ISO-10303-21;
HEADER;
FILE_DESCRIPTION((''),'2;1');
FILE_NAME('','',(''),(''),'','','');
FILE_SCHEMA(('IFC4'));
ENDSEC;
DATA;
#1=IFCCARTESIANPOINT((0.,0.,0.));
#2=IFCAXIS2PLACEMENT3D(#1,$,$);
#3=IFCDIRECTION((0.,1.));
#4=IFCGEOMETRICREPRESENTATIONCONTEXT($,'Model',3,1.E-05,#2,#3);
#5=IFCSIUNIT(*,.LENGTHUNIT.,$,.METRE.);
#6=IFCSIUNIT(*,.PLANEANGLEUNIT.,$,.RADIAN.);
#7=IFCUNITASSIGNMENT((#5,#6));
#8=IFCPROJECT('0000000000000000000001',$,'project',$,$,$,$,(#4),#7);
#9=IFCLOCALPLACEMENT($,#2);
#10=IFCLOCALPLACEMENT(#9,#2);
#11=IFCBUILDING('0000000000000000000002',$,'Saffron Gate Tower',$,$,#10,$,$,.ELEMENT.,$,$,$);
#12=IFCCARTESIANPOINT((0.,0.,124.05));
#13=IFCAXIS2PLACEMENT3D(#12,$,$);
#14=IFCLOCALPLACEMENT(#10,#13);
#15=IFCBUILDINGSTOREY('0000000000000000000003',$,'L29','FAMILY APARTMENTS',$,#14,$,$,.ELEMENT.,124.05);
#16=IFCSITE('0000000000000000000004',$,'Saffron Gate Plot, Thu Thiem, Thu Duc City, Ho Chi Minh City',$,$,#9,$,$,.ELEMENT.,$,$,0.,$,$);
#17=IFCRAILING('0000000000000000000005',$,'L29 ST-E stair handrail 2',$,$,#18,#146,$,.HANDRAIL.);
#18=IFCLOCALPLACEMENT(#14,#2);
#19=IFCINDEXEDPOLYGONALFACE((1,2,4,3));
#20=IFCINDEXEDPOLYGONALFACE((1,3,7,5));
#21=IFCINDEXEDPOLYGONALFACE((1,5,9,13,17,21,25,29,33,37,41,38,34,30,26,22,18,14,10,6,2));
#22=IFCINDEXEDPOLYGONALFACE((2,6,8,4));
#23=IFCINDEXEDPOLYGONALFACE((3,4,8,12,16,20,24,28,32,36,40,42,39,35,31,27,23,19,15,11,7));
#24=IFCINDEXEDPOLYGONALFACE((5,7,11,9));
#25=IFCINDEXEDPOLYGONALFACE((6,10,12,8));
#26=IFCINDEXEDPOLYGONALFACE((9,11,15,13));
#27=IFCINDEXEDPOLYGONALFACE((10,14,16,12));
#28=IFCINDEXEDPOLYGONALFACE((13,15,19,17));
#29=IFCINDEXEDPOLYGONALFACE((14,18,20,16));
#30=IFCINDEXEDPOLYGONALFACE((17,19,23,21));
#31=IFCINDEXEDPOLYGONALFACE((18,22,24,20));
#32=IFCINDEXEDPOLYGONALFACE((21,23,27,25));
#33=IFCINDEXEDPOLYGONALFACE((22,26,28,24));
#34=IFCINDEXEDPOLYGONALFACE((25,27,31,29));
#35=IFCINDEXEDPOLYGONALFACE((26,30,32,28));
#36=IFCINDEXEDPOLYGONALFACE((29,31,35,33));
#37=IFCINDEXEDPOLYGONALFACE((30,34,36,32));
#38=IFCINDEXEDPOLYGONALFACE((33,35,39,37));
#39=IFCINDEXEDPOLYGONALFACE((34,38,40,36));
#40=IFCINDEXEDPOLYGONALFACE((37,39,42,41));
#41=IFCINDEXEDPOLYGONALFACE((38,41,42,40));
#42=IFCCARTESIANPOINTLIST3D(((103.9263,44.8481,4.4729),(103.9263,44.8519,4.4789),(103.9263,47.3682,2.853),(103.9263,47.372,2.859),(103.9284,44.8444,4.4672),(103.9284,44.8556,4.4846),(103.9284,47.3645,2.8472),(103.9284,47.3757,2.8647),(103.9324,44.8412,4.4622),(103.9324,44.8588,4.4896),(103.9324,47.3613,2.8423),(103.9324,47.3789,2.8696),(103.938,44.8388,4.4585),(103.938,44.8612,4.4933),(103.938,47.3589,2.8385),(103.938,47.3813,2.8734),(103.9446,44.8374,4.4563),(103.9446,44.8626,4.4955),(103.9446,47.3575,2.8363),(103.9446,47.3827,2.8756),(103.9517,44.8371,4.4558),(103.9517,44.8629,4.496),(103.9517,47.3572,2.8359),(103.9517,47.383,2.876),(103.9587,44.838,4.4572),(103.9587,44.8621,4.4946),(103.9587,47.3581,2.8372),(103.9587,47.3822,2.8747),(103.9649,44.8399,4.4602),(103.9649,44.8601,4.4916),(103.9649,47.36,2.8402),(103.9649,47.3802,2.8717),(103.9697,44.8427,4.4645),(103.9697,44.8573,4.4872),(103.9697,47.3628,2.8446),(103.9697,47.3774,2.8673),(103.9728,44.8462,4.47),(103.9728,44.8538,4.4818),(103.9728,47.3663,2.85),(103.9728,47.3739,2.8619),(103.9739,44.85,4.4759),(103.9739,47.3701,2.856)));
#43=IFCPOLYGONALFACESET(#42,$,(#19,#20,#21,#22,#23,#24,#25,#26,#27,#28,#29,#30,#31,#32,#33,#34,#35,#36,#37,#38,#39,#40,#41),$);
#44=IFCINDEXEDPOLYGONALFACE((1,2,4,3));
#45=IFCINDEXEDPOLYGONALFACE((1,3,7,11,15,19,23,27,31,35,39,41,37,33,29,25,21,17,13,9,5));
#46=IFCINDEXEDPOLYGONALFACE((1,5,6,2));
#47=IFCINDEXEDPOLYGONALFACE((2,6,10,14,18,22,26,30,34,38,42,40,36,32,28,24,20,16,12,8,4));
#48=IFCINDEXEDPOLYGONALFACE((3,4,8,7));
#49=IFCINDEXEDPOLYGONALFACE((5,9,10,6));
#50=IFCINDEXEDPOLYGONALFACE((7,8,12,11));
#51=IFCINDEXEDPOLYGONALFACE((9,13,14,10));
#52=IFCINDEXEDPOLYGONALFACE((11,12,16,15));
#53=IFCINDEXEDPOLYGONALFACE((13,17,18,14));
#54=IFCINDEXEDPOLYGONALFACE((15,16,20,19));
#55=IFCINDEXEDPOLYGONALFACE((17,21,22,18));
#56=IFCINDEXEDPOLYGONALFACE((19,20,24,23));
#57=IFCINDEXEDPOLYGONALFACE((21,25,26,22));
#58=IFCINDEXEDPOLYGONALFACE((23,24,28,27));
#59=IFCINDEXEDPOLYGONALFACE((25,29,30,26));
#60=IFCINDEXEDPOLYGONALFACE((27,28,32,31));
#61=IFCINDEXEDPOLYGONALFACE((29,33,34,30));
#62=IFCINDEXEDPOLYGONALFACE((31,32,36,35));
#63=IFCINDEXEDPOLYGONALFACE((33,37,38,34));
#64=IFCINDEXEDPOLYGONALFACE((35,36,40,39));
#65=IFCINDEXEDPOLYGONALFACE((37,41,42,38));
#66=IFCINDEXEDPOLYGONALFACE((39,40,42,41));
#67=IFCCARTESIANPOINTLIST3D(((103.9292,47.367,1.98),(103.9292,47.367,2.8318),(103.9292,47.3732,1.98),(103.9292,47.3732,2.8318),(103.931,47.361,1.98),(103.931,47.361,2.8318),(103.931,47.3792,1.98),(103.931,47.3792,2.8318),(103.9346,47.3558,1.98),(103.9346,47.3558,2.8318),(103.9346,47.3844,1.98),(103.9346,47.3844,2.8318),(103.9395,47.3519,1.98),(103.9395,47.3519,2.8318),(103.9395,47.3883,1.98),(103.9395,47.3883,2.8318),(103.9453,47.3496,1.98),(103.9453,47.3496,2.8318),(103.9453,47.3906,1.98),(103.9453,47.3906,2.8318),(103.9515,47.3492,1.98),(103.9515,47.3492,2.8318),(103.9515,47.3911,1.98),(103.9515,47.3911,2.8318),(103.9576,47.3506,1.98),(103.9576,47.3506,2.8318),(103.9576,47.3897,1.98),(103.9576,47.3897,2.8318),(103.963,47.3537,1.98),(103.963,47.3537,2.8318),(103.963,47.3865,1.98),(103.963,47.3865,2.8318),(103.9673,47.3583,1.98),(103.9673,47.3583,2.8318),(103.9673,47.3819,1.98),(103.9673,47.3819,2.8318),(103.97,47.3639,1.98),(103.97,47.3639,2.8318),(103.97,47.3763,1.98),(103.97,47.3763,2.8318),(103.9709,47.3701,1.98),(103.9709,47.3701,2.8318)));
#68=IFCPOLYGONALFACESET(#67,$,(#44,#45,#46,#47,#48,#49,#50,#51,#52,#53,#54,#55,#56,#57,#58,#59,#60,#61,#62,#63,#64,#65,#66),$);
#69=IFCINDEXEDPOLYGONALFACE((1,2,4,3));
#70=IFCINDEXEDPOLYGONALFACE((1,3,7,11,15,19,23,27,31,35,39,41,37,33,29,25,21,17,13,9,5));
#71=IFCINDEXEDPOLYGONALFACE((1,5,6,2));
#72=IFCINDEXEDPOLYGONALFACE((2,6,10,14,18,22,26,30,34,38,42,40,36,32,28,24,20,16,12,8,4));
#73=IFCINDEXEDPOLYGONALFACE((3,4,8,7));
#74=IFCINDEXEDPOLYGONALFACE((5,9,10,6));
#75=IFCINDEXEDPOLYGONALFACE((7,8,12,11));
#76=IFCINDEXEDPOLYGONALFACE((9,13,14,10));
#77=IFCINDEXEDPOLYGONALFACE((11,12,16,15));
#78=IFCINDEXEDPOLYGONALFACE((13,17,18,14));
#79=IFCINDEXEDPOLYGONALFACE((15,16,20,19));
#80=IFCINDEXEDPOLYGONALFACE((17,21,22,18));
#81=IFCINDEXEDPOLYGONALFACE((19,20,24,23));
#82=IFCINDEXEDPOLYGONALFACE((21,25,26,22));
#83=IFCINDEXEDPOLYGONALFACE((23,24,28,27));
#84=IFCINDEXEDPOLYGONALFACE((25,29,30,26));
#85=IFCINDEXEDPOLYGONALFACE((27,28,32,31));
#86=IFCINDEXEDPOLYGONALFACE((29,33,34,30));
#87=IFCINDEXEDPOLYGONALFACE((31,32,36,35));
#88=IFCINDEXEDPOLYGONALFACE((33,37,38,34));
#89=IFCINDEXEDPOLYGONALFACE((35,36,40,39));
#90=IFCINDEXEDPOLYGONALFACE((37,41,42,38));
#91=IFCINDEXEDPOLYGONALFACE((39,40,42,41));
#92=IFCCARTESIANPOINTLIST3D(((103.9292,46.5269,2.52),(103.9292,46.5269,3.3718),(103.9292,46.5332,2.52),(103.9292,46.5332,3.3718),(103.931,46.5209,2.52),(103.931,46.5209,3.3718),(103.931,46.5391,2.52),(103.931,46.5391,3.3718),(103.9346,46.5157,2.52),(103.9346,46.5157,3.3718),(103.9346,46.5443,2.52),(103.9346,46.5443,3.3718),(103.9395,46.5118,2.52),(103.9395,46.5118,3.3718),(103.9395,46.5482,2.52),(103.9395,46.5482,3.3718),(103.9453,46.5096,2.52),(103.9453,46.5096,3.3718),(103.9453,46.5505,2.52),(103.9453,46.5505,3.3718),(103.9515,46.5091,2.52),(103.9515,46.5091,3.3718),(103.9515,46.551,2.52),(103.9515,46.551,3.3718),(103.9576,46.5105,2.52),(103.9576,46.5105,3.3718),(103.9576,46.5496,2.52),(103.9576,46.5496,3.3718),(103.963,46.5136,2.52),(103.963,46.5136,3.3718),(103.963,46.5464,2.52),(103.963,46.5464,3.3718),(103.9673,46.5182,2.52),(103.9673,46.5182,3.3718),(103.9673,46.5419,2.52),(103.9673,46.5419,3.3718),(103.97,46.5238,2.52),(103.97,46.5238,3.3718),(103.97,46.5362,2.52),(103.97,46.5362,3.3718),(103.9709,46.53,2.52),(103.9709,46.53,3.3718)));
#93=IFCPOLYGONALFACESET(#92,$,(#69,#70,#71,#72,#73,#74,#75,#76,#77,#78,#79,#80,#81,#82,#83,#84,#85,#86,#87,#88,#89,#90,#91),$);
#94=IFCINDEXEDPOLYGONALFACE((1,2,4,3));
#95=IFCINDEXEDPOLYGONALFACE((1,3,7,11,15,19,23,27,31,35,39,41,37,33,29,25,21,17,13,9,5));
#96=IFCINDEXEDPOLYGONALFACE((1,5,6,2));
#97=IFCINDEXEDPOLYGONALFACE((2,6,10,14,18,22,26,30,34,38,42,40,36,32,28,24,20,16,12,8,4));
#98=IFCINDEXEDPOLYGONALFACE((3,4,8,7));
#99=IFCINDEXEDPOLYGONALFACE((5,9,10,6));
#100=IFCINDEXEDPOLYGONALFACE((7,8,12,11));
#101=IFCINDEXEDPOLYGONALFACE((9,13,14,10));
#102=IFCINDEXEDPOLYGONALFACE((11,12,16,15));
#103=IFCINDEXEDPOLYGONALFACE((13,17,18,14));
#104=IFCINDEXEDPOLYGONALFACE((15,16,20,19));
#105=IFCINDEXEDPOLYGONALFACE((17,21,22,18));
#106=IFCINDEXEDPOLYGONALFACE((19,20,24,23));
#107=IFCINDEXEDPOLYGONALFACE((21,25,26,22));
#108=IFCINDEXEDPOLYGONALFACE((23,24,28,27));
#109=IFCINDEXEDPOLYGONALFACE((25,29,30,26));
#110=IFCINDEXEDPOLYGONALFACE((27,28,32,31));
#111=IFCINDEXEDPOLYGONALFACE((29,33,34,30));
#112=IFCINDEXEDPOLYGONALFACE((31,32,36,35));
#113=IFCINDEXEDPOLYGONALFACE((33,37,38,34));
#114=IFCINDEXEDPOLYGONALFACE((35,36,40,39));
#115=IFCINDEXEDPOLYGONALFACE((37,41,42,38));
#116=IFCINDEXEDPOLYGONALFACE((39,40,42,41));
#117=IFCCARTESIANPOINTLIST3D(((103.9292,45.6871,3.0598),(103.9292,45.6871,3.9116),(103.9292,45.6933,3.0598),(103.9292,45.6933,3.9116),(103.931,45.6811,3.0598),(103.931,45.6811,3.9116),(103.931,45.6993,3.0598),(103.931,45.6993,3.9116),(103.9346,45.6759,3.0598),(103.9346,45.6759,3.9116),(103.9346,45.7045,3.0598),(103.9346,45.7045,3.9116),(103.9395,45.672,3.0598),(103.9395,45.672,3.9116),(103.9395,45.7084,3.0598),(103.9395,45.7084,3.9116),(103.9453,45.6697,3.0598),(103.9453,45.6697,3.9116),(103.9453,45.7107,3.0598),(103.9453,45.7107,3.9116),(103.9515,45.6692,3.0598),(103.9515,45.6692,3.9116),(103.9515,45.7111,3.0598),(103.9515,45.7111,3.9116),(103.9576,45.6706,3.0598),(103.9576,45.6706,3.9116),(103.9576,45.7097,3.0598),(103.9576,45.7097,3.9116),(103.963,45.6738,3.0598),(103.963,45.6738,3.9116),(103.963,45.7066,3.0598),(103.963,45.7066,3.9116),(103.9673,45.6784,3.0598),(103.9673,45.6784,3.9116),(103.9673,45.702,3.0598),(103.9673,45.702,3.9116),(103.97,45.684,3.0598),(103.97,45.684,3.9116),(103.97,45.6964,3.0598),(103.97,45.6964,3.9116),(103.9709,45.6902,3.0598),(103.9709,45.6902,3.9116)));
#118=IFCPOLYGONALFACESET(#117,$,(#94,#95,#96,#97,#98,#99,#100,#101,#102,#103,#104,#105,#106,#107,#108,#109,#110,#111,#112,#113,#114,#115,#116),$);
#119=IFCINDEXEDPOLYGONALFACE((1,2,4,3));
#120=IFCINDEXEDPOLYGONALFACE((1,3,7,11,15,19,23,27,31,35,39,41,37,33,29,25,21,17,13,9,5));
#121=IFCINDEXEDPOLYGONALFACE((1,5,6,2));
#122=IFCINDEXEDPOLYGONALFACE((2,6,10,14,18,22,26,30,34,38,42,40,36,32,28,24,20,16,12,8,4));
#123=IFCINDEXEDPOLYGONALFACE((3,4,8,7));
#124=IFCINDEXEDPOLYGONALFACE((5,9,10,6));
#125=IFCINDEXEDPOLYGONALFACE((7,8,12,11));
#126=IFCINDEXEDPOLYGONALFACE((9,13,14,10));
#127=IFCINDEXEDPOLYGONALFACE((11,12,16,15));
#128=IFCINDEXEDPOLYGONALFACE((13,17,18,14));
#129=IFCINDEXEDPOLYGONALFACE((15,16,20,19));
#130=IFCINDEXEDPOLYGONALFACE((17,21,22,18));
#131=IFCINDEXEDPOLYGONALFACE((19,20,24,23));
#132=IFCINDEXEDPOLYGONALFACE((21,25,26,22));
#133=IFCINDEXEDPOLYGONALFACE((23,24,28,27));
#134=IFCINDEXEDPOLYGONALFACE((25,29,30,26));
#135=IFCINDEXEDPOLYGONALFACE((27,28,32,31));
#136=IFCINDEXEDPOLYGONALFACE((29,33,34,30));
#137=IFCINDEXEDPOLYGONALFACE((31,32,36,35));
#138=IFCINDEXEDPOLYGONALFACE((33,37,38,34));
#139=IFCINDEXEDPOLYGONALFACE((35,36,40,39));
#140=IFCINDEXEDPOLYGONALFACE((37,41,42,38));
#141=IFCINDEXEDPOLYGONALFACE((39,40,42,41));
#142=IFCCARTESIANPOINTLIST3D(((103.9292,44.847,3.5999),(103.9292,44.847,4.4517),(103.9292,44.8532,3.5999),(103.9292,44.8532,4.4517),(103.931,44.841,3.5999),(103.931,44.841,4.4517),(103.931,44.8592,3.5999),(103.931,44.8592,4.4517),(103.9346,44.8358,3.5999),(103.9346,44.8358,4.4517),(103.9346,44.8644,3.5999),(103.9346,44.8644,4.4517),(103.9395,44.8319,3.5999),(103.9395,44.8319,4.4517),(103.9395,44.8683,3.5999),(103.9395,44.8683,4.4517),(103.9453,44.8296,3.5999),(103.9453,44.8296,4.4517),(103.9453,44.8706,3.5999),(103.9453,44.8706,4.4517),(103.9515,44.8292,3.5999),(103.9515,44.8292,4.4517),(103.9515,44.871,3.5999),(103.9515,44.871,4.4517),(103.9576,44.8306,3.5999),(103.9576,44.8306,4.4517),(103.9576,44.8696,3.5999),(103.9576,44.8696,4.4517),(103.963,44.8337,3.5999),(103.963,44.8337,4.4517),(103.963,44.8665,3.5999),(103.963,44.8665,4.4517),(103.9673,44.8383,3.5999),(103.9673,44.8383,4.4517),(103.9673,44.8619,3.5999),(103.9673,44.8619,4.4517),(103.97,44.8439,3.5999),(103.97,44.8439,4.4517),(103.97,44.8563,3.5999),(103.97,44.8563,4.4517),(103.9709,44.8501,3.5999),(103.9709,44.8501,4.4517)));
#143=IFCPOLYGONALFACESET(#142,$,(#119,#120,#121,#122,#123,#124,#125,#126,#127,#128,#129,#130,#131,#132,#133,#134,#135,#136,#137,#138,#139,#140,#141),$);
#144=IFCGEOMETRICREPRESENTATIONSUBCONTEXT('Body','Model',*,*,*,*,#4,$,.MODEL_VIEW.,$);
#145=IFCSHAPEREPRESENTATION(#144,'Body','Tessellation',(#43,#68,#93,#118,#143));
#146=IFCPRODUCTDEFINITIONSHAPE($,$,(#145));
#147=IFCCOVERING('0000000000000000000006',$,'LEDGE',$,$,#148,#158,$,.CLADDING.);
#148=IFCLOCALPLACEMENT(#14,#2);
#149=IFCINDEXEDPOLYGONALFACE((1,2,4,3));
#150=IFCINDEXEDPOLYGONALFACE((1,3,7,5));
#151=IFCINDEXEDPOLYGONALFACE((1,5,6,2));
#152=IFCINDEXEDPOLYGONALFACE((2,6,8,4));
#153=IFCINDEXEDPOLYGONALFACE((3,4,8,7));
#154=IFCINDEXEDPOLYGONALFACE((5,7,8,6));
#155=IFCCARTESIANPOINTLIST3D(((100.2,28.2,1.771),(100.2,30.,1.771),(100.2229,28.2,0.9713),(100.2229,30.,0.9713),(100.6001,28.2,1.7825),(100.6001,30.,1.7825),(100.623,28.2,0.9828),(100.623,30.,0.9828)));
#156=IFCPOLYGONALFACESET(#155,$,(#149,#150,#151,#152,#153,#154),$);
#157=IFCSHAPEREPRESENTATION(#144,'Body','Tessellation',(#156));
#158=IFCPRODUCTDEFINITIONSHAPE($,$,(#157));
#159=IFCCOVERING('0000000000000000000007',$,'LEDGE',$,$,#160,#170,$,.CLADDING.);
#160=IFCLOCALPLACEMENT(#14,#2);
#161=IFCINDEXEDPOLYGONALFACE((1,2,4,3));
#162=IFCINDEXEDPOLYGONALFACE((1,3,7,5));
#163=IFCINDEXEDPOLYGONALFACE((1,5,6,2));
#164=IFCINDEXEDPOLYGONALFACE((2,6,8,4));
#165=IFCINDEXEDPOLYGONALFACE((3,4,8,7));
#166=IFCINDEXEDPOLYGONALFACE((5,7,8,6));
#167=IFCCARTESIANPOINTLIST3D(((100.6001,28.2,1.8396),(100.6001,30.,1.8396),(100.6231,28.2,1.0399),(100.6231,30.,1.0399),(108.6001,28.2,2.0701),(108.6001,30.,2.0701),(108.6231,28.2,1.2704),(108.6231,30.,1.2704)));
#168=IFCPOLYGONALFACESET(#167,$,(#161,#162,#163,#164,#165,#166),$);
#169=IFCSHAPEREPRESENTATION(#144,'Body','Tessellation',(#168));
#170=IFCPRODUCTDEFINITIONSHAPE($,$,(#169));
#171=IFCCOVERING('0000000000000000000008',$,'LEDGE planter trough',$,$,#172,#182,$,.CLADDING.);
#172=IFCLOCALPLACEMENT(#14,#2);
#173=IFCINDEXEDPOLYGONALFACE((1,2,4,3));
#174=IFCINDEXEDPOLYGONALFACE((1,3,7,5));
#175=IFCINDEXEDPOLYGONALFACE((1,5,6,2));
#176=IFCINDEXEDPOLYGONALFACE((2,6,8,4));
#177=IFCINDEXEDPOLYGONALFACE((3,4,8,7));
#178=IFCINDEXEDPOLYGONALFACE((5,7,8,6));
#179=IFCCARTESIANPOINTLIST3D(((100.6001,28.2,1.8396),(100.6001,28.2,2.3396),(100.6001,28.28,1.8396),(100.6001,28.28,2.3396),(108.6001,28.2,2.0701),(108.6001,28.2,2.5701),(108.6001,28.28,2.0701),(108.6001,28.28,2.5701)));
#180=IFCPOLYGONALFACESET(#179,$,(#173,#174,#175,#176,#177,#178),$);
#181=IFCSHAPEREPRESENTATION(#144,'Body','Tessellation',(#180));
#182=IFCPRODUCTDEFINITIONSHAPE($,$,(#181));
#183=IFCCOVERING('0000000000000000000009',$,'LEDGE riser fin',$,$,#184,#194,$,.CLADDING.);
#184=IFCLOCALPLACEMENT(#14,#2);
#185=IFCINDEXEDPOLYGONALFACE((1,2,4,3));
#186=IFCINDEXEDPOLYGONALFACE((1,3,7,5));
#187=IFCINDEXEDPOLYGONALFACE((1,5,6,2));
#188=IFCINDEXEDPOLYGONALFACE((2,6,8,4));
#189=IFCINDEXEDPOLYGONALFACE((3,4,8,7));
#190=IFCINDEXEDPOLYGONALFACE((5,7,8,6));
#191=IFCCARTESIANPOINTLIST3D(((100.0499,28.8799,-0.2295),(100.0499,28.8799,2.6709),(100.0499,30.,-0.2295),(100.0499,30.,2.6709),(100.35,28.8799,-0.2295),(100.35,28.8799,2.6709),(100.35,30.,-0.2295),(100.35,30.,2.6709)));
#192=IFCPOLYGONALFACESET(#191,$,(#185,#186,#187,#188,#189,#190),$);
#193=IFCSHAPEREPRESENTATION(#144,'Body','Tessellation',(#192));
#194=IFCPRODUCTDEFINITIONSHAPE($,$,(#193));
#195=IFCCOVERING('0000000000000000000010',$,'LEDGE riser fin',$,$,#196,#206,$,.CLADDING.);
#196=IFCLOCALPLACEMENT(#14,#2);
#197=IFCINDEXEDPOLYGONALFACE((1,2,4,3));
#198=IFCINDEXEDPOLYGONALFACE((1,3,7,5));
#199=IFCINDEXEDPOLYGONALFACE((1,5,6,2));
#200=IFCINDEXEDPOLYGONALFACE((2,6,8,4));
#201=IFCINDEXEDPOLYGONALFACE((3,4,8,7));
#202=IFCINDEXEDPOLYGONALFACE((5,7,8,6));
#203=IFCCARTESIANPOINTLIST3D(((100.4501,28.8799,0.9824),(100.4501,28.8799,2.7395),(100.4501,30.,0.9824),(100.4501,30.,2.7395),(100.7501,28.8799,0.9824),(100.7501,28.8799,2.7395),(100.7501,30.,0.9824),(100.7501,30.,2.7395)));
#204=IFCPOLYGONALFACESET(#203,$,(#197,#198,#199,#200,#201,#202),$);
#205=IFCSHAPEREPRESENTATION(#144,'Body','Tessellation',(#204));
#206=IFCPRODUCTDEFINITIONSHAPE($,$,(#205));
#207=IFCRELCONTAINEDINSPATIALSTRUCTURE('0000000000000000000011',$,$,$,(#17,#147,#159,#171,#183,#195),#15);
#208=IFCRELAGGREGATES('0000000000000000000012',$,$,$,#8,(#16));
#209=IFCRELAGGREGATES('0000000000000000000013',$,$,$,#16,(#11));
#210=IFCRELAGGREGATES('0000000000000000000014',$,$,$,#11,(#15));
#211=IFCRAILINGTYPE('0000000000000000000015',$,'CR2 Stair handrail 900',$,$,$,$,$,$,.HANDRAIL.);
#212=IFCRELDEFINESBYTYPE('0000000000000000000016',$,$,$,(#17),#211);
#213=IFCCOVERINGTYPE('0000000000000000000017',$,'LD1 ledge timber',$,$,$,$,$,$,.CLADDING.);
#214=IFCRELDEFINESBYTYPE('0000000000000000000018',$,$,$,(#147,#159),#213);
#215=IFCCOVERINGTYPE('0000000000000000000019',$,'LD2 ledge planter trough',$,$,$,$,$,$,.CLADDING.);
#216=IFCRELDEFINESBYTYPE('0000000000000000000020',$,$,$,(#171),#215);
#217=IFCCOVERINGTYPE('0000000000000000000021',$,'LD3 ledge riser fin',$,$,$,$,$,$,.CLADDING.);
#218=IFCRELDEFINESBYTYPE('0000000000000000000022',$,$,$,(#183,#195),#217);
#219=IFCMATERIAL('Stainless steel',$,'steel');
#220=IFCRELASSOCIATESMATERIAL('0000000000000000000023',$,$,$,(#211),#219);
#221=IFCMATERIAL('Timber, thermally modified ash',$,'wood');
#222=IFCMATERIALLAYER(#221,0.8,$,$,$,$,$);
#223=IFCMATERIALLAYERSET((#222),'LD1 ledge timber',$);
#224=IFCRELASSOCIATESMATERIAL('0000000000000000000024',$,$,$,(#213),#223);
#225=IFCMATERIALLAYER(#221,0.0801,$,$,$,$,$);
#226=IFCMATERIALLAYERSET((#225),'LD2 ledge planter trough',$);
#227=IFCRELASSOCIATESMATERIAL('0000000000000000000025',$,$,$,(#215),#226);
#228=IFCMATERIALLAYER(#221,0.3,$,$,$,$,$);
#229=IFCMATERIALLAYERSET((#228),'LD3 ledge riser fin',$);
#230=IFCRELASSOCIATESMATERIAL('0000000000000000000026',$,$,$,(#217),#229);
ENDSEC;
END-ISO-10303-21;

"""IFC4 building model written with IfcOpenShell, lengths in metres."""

from ifc_helpers import new_model, si_unit, direction, frame, origin, origin_2d, place, context, subcontext, project, spatial, polyline, rectangle, circle, outline, extrude, material, layer, layer_set, type_object, element, save


model = new_model("IFC4")

# Units and contexts
model_context = context("Model", 3, precision=1e-05, world=origin(), true_north=direction((0.0, 1.0)))
body_context = subcontext(model_context, "Body", "Model", "MODEL_VIEW")
ifc_project = project(units=[si_unit("LENGTHUNIT", "METRE"), si_unit("PLANEANGLEUNIT", "RADIAN")], contexts=[model_context])

# Site, building, storey
site_placement = place(None, origin())
site = spatial("IfcSite", under=ifc_project, at=site_placement, Name="Saffron Gate Plot, Thu Thiem, Thu Duc City, Ho Chi Minh City", CompositionType="ELEMENT", RefElevation=0.0)
building_placement = place(site_placement, origin())
building = spatial("IfcBuilding", under=site, at=building_placement, Name="Saffron Gate Tower", CompositionType="ELEMENT")
storey_placement = place(building_placement, frame((0.0, 0.0, 124.05)))
storey = spatial("IfcBuildingStorey", under=building, at=storey_placement, Name="L29", Description="FAMILY APARTMENTS", CompositionType="ELEMENT", Elevation=124.05)

# Railing
ifc_material_1 = material(Name="Stainless steel", Category="steel")
railing_type_1 = type_object("IfcRailingType", Name="CR2 Stair handrail 900", PredefinedType="HANDRAIL", material=ifc_material_1)
railing_1_placement = place(storey_placement, frame((103.95, 47.3701, 1.98)))
element("IfcRailing", 1, at=railing_1_placement, inside=storey, type_object=railing_type_1, Name="L29 ST-E stair handrail 2", PredefinedType="HANDRAIL", context=body_context, shape_type="SweptSolid", body=[
    extrude(circle(Radius=0.0239, at=origin_2d()), frame((0.0, 0.0, 0.876), z_axis=(0.0, -0.8412, 0.540725), x_axis=(1.0, 0.0, 0.0)), (0.0, 0.0, 1.0), 2.9958),
    extrude(circle(Radius=0.021, at=origin_2d()), origin(), (0.0, 0.0, 1.0), 0.8518),
    extrude(circle(Radius=0.021, at=origin_2d()), frame((0.0, -0.8401, 0.54)), (0.0, 0.0, 1.0), 0.8518),
    extrude(circle(Radius=0.021, at=origin_2d()), frame((0.0, -1.6799, 1.0798)), (0.0, 0.0, 1.0), 0.8518),
    extrude(circle(Radius=0.021, at=origin_2d()), frame((0.0, -2.52, 1.6199)), (0.0, 0.0, 1.0), 0.8518),
])

# Coverings
ifc_material_2 = material(Name="Timber, thermally modified ash", Category="wood")
ifc_layer_1 = layer(ifc_material_2, 0.8)
ifc_layer_set_1 = layer_set([ifc_layer_1], Name="LD1 ledge timber")
covering_type_1 = type_object("IfcCoveringType", Name="LD1 ledge timber", PredefinedType="CLADDING", material=ifc_layer_set_1)
covering_1_placement = place(storey_placement, frame((100.2, 30.0, 1.771), z_axis=(-0.028664, 0.0, 0.999589), x_axis=(0.999589, 0.0, 0.028664)))
element("IfcCovering", 2, at=covering_1_placement, inside=storey, type_object=covering_type_1, Name="LEDGE", PredefinedType="CLADDING", context=body_context, shape_type="SweptSolid", body=[
    extrude(outline(polyline([(0.0, 0.0), (0.4003, 0.0), (0.4003, -1.8), (0.0, -1.8), (0.0, 0.0)])), origin(), (0.0, 0.0, -1.0), 0.8),
])
covering_2_placement = place(storey_placement, frame((100.6001, 30.0, 1.8396), z_axis=(-0.028797, 0.0, 0.999585), x_axis=(0.999585, 0.0, 0.028797)))
element("IfcCovering", 3, at=covering_2_placement, inside=storey, type_object=covering_type_1, Name="LEDGE", PredefinedType="CLADDING", context=body_context, shape_type="SweptSolid", body=[
    extrude(outline(polyline([(0.0, 0.0), (8.0033, 0.0), (8.0033, -1.8), (0.0, -1.8), (0.0, 0.0)])), origin(), (0.0, 0.0, -1.0), 0.8),
])
ifc_layer_2 = layer(ifc_material_2, 0.0801)
ifc_layer_set_2 = layer_set([ifc_layer_2], Name="LD2 ledge planter trough")
covering_type_2 = type_object("IfcCoveringType", Name="LD2 ledge planter trough", PredefinedType="CLADDING", material=ifc_layer_set_2)
covering_3_placement = place(storey_placement, frame((100.6001, 28.2, 1.8396), z_axis=(0.0, -1.0, 0.0), x_axis=(0.999585, 0.0, 0.028797)))
element("IfcCovering", 4, at=covering_3_placement, inside=storey, type_object=covering_type_2, Name="LEDGE planter trough", PredefinedType="CLADDING", context=body_context, shape_type="SweptSolid", body=[
    extrude(outline(polyline([(0.0, 0.0), (8.0033, 0.0), (8.0177, 0.4998), (0.0144, 0.4998), (0.0, 0.0)])), origin(), (0.0, 0.0, -1.0), 0.0801),
])
ifc_layer_3 = layer(ifc_material_2, 0.3)
ifc_layer_set_3 = layer_set([ifc_layer_3], Name="LD3 ledge riser fin")
covering_type_3 = type_object("IfcCoveringType", Name="LD3 ledge riser fin", PredefinedType="CLADDING", material=ifc_layer_set_3)
covering_4_placement = place(storey_placement, frame((100.2, 29.4399, -0.2295), z_axis=(0.0, 0.0, 1.0), x_axis=(1.0, 0.0, 0.0)))
element("IfcCovering", 5, at=covering_4_placement, inside=storey, type_object=covering_type_3, Name="LEDGE riser fin", PredefinedType="CLADDING", context=body_context, shape_type="SweptSolid", body=[
    extrude(rectangle(XDim=0.3, YDim=1.1201, at=origin_2d()), origin(), (0.0, 0.0, 1.0), 2.9004),
])
covering_5_placement = place(storey_placement, frame((100.6001, 29.4399, 0.9824), z_axis=(0.0, 0.0, 1.0), x_axis=(1.0, 0.0, 0.0)))
element("IfcCovering", 6, at=covering_5_placement, inside=storey, type_object=covering_type_3, Name="LEDGE riser fin", PredefinedType="CLADDING", context=body_context, shape_type="SweptSolid", body=[
    extrude(rectangle(XDim=0.3, YDim=1.1201, at=origin_2d()), origin(), (0.0, 0.0, 1.0), 1.7571),
])

save(model, "model.ifc")
